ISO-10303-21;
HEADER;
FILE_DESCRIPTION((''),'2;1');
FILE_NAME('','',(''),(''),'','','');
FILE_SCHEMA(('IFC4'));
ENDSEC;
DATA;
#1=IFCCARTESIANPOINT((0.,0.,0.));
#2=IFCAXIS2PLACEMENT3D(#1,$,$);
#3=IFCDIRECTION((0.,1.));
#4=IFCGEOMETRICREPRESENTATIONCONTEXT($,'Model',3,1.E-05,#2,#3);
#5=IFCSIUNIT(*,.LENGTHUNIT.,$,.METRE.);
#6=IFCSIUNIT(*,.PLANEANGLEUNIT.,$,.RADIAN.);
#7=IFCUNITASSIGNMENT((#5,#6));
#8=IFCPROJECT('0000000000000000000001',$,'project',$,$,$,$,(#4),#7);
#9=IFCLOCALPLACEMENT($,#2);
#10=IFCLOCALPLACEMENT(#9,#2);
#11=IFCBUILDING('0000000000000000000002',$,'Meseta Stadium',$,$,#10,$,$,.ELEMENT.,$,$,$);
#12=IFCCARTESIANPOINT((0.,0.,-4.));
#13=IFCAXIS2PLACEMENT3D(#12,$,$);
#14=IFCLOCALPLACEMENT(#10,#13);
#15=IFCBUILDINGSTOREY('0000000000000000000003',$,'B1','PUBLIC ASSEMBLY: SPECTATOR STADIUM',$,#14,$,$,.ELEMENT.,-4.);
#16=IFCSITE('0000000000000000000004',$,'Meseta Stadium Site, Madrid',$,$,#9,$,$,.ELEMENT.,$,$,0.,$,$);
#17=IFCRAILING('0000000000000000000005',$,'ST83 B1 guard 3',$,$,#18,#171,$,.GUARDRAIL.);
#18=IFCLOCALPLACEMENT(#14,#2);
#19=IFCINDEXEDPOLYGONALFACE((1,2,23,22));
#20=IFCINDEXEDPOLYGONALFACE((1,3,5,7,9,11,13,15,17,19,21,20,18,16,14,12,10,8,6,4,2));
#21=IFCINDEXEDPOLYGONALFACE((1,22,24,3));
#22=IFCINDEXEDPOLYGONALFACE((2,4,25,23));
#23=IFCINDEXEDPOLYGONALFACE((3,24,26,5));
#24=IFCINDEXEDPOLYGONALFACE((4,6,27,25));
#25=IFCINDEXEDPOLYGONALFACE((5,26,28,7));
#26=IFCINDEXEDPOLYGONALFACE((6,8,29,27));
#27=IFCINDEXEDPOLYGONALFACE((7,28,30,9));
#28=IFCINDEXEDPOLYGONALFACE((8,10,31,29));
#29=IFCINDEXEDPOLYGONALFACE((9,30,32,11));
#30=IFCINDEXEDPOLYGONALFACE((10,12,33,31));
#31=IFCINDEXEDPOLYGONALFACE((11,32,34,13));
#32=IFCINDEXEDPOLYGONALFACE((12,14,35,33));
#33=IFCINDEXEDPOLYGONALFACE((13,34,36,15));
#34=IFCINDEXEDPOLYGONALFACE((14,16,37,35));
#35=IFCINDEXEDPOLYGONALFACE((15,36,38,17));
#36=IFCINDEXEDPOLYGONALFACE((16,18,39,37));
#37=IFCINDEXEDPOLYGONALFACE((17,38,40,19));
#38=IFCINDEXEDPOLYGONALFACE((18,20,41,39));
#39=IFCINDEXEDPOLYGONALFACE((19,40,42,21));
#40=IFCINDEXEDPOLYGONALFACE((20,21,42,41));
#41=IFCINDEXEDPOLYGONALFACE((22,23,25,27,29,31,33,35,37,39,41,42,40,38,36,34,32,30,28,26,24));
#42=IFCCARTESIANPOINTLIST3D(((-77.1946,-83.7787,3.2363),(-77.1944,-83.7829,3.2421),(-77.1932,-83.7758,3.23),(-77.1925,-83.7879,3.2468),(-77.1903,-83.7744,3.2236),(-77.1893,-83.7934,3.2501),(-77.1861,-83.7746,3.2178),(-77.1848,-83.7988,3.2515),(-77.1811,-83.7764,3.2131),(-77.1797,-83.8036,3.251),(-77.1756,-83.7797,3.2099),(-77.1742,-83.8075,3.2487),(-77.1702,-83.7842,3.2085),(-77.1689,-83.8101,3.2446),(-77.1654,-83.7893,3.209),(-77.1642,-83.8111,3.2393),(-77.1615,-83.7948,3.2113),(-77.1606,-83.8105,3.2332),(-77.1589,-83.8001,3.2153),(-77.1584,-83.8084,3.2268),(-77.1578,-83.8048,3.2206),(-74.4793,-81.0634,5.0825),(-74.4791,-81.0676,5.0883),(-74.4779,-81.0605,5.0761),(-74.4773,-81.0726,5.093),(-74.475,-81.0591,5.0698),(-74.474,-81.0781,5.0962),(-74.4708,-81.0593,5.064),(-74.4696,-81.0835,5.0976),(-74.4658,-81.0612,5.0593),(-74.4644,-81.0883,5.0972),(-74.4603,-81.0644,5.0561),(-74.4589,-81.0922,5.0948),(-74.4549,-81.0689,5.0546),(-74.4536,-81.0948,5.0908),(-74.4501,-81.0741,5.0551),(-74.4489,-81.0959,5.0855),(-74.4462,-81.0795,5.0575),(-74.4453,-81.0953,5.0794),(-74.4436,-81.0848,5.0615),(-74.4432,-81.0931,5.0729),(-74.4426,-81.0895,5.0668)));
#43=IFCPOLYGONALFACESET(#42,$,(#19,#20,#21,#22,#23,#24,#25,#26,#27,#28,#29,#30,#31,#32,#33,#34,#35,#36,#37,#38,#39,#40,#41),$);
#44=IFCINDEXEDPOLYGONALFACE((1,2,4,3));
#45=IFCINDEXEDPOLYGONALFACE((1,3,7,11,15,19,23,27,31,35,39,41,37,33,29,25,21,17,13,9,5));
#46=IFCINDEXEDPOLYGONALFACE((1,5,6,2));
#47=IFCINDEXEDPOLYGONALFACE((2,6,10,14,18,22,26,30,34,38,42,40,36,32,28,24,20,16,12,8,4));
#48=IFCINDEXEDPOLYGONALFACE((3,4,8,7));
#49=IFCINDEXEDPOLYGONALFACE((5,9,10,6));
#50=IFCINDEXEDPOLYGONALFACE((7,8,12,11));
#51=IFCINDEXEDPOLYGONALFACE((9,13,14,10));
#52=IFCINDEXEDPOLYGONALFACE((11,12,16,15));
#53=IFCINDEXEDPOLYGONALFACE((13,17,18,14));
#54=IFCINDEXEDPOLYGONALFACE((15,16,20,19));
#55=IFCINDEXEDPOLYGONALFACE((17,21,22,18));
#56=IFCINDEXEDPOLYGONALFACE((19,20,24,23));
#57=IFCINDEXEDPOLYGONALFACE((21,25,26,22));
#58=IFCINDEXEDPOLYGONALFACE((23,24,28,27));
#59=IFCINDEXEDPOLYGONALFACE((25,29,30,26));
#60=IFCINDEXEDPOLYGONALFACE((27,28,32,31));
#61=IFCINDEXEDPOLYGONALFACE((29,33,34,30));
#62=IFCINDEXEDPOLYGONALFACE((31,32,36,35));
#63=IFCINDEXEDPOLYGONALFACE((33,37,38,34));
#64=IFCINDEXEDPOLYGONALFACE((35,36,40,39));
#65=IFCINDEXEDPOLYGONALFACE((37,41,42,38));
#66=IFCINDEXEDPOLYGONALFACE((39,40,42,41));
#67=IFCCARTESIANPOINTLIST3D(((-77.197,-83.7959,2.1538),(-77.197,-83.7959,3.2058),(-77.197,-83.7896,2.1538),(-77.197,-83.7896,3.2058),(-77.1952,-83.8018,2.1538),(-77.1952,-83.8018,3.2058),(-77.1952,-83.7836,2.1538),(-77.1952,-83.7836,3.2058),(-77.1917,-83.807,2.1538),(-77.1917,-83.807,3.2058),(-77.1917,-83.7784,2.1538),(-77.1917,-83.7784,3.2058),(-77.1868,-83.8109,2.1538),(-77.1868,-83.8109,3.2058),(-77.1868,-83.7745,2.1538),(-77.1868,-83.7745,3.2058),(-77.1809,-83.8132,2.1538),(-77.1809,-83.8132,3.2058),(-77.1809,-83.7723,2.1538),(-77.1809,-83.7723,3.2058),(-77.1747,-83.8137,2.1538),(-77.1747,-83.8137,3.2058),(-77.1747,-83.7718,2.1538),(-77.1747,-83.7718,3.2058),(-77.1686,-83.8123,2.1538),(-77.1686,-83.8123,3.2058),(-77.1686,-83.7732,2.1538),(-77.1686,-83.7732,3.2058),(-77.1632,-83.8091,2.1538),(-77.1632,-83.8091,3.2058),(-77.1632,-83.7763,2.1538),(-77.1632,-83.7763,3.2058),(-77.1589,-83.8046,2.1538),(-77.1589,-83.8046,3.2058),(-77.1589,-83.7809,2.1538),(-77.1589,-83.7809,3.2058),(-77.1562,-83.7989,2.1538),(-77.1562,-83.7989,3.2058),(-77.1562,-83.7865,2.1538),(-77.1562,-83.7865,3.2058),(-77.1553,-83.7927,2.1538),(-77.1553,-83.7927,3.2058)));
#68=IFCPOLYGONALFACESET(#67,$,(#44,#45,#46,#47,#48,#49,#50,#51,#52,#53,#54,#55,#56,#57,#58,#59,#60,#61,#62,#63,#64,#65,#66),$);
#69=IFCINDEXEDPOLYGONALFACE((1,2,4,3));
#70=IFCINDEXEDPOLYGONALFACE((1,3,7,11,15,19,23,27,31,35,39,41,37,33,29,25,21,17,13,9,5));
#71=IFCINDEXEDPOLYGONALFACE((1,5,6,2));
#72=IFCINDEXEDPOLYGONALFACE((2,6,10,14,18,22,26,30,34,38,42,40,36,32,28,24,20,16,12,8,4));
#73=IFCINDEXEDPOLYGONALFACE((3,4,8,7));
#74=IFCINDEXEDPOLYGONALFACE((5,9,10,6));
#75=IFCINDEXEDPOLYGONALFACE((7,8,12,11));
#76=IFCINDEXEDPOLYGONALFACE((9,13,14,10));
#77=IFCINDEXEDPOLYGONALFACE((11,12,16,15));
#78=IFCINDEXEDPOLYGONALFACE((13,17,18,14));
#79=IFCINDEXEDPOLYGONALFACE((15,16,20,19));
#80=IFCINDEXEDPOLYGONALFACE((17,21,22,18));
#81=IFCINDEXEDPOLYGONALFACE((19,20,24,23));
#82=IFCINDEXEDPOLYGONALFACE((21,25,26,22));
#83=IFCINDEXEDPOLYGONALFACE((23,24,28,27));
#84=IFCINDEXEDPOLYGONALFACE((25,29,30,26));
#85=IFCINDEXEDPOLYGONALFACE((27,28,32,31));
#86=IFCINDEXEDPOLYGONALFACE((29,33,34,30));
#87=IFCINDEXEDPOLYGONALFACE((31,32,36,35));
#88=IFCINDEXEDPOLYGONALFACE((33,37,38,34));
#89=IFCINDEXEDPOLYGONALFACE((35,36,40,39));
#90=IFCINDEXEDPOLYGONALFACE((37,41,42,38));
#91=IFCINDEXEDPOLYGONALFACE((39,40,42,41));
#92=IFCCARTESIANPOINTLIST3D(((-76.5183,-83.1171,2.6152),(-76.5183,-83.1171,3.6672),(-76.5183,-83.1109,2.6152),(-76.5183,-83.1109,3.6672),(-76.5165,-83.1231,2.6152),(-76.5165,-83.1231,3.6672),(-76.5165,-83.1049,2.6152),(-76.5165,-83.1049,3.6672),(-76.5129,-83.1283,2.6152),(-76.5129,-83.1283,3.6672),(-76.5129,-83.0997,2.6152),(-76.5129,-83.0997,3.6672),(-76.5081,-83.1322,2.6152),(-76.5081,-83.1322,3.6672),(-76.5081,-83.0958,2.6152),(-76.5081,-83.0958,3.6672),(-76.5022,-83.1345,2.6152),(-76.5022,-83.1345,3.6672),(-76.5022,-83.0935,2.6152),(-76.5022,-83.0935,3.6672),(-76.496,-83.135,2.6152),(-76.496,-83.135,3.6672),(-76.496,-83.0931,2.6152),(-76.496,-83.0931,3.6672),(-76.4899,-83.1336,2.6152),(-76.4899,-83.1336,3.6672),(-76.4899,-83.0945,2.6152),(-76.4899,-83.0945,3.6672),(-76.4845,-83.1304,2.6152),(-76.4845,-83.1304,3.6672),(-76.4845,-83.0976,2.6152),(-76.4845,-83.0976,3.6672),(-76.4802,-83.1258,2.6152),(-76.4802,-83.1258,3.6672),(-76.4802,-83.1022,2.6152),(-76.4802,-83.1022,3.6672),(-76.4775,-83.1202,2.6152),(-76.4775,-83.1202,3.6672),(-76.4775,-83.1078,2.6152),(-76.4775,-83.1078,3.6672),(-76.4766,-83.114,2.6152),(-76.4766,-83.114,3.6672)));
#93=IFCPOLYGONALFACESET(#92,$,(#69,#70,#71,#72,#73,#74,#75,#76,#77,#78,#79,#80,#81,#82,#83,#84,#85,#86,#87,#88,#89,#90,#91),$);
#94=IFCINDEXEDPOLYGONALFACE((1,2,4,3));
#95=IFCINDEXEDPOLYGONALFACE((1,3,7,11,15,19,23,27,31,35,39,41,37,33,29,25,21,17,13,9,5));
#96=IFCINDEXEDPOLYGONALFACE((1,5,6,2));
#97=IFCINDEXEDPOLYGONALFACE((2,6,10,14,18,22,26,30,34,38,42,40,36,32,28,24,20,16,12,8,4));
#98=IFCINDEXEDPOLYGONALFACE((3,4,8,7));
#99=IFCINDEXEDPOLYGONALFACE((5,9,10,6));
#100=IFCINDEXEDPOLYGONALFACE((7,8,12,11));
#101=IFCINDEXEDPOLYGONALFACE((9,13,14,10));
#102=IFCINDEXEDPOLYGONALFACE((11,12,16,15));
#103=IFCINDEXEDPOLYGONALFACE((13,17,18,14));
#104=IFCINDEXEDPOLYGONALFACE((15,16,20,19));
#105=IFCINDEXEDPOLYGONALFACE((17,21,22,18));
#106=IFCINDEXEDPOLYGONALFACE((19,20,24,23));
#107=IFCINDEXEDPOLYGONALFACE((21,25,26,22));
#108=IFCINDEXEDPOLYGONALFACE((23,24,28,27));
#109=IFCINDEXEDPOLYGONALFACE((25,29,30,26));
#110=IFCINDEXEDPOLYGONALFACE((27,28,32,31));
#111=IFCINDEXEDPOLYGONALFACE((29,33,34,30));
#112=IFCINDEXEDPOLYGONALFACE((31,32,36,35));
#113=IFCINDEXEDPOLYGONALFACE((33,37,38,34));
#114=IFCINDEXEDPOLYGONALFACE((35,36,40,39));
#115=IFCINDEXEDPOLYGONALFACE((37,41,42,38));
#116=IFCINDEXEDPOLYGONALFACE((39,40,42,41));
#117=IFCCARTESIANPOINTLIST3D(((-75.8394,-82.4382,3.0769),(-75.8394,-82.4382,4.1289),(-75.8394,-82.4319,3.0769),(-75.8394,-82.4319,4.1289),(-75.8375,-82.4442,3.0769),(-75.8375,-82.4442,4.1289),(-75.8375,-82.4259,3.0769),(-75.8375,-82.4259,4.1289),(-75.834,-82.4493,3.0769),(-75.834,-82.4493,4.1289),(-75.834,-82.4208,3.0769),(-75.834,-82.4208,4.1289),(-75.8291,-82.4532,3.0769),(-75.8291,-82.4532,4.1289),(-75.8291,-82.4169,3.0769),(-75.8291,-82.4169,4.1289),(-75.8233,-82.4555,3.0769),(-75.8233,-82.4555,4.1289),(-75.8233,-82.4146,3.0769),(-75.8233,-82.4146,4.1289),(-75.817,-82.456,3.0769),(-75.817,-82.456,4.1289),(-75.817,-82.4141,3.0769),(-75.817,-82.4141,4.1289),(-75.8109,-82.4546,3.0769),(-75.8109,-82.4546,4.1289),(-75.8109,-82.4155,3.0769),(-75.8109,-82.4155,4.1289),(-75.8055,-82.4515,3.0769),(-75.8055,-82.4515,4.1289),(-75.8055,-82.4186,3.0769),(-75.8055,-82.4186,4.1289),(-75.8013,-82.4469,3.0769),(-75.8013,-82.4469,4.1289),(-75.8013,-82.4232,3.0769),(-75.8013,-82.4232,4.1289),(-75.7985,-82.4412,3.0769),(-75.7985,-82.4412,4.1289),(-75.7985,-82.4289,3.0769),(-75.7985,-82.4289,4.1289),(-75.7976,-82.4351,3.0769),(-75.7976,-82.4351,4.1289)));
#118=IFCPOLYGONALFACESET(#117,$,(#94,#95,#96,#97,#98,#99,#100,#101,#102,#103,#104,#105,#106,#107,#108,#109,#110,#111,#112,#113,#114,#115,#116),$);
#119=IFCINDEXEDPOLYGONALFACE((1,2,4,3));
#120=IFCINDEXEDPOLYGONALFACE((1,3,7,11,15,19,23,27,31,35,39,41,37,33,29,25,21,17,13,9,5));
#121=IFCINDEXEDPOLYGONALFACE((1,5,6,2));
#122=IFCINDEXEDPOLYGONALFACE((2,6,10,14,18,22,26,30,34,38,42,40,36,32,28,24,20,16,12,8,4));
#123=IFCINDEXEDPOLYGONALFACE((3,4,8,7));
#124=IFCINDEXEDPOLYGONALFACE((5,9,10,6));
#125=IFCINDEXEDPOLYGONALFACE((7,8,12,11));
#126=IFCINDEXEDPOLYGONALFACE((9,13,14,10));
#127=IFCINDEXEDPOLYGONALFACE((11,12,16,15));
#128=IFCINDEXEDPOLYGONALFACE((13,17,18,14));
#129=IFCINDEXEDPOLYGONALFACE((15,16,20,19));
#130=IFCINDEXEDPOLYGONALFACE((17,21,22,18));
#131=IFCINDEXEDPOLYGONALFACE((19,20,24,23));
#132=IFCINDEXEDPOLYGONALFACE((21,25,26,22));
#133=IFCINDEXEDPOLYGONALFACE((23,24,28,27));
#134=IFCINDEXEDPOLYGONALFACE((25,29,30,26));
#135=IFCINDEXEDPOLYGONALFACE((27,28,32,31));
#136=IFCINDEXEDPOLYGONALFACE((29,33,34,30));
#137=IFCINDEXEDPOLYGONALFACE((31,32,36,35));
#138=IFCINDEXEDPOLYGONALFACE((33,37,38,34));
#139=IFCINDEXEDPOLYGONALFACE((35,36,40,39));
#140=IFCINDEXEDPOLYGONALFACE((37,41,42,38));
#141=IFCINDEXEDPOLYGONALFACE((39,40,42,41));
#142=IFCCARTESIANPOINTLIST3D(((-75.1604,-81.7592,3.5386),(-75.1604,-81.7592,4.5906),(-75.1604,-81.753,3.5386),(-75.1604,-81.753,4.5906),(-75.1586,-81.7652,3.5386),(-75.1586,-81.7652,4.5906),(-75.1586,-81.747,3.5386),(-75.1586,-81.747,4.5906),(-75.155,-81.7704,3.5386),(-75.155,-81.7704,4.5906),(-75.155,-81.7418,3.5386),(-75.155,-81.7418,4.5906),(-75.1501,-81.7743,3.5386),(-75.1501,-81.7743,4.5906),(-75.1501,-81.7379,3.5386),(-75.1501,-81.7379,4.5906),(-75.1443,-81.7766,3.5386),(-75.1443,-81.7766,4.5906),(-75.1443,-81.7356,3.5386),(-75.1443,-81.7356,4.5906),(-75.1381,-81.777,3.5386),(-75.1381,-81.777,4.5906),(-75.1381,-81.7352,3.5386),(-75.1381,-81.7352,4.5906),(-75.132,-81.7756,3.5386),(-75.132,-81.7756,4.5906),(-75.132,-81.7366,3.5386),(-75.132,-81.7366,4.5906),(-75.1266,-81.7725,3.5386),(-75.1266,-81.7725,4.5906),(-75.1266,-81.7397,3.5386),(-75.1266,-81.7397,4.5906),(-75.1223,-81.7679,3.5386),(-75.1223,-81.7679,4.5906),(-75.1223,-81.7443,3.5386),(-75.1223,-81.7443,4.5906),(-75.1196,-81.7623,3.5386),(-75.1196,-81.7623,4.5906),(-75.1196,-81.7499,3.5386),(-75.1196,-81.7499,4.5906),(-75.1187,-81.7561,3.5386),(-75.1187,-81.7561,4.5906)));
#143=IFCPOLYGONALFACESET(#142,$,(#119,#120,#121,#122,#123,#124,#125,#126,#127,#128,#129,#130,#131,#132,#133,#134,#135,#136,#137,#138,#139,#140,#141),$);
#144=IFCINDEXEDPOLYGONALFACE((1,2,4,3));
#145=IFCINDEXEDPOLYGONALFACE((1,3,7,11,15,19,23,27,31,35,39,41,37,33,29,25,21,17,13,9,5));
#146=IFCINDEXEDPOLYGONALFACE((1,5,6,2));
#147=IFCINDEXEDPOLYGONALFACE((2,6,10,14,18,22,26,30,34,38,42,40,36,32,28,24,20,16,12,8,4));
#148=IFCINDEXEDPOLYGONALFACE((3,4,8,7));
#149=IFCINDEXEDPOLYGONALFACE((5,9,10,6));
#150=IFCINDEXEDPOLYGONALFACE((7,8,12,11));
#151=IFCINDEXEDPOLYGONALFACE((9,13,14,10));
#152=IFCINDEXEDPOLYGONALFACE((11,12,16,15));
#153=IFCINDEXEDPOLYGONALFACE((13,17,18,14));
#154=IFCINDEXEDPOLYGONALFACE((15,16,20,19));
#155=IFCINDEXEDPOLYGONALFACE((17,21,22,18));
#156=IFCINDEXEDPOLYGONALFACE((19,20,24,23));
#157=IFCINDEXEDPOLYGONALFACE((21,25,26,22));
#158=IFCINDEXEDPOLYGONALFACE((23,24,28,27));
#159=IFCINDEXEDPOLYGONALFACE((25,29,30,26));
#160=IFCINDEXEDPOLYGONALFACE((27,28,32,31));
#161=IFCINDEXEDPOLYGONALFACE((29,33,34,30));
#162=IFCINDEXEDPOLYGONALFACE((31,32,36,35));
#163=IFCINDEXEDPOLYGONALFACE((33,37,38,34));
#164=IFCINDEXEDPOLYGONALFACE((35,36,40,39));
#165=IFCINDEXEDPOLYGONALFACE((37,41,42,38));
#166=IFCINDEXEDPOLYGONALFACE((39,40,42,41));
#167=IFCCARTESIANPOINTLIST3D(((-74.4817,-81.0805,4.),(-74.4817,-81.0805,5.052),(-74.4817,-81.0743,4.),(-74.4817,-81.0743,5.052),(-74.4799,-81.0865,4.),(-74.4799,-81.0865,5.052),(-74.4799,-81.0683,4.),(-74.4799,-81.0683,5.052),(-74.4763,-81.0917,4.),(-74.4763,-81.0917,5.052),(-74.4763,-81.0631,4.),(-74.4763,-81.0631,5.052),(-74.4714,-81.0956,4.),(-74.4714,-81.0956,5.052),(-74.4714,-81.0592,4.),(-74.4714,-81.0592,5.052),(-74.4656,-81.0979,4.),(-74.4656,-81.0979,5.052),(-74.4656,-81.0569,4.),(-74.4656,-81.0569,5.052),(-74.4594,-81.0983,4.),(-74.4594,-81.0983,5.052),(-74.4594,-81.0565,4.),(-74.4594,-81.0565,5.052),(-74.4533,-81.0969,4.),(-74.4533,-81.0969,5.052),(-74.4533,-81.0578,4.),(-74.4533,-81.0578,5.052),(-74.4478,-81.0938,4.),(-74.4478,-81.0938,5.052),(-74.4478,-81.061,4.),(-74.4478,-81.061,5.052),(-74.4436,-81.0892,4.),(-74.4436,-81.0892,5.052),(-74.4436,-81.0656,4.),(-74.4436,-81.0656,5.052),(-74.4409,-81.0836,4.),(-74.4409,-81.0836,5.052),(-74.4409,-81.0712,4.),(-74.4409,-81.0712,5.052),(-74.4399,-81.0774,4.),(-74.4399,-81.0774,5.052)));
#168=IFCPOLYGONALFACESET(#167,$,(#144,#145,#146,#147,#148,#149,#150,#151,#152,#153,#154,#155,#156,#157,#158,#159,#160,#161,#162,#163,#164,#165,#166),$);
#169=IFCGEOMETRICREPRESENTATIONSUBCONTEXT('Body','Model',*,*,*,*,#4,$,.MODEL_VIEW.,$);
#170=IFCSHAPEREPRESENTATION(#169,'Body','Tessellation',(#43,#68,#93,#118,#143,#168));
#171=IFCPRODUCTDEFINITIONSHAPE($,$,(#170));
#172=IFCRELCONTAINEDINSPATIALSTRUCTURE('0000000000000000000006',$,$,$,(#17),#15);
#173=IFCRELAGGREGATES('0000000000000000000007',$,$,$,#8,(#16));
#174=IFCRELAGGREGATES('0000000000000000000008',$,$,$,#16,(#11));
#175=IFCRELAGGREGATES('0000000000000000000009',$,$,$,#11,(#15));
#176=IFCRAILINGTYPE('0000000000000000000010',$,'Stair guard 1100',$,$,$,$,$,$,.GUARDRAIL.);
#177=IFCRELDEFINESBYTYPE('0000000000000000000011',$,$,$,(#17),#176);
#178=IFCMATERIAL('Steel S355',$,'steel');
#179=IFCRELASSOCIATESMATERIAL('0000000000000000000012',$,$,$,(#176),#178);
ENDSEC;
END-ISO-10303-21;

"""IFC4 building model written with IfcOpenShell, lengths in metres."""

from ifc_helpers import new_model, si_unit, direction, frame, origin, origin_2d, place, context, subcontext, project, spatial, circle, extrude, material, type_object, element, save


model = new_model("IFC4")

# Units and contexts
model_context = context("Model", 3, precision=1e-05, world=origin(), true_north=direction((0.0, 1.0)))
body_context = subcontext(model_context, "Body", "Model", "MODEL_VIEW")
ifc_project = project(units=[si_unit("LENGTHUNIT", "METRE"), si_unit("PLANEANGLEUNIT", "RADIAN")], contexts=[model_context])

# Site, building, storey
site_placement = place(None, origin())
site = spatial("IfcSite", under=ifc_project, at=site_placement, Name="Meseta Stadium Site, Madrid", CompositionType="ELEMENT", RefElevation=0.0)
building_placement = place(site_placement, origin())
building = spatial("IfcBuilding", under=site, at=building_placement, Name="Meseta Stadium", CompositionType="ELEMENT")
storey_placement = place(building_placement, frame((0.0, 0.0, -4.0)))
storey = spatial("IfcBuildingStorey", under=building, at=storey_placement, Name="B1", Description="PUBLIC ASSEMBLY: SPECTATOR STADIUM", CompositionType="ELEMENT", Elevation=-4.0)

# Railing
ifc_material_1 = material(Name="Steel S355", Category="steel")
railing_type_1 = type_object("IfcRailingType", Name="Stair guard 1100", PredefinedType="GUARDRAIL", material=ifc_material_1)
railing_1_placement = place(storey_placement, frame((-77.1763, -83.7927, 2.1538)))
element("IfcRailing", 1, at=railing_1_placement, inside=storey, type_object=railing_type_1, Name="ST83 B1 guard 3", PredefinedType="GUARDRAIL", context=body_context, shape_type="SweptSolid", body=[
    extrude(circle(Radius=0.0239, at=origin_2d()), frame((0.0, 0.0, 1.0762), z_axis=(0.637281, 0.637281, 0.433296), x_axis=(-0.707107, 0.707107, 0.0)), (0.0, 0.0, 1.0), 4.2607),
    extrude(circle(Radius=0.021, at=origin_2d()), origin(), (0.0, 0.0, 1.0), 1.052),
    extrude(circle(Radius=0.021, at=origin_2d()), frame((0.6787, 0.6787, 0.4614)), (0.0, 0.0, 1.0), 1.052),
    extrude(circle(Radius=0.021, at=origin_2d()), frame((1.3577, 1.3577, 0.9231)), (0.0, 0.0, 1.0), 1.052),
    extrude(circle(Radius=0.021, at=origin_2d()), frame((2.0366, 2.0366, 1.3848)), (0.0, 0.0, 1.0), 1.052),
    extrude(circle(Radius=0.021, at=origin_2d()), frame((2.7153, 2.7153, 1.8462)), (0.0, 0.0, 1.0), 1.052),
])

save(model, "model.ifc")
